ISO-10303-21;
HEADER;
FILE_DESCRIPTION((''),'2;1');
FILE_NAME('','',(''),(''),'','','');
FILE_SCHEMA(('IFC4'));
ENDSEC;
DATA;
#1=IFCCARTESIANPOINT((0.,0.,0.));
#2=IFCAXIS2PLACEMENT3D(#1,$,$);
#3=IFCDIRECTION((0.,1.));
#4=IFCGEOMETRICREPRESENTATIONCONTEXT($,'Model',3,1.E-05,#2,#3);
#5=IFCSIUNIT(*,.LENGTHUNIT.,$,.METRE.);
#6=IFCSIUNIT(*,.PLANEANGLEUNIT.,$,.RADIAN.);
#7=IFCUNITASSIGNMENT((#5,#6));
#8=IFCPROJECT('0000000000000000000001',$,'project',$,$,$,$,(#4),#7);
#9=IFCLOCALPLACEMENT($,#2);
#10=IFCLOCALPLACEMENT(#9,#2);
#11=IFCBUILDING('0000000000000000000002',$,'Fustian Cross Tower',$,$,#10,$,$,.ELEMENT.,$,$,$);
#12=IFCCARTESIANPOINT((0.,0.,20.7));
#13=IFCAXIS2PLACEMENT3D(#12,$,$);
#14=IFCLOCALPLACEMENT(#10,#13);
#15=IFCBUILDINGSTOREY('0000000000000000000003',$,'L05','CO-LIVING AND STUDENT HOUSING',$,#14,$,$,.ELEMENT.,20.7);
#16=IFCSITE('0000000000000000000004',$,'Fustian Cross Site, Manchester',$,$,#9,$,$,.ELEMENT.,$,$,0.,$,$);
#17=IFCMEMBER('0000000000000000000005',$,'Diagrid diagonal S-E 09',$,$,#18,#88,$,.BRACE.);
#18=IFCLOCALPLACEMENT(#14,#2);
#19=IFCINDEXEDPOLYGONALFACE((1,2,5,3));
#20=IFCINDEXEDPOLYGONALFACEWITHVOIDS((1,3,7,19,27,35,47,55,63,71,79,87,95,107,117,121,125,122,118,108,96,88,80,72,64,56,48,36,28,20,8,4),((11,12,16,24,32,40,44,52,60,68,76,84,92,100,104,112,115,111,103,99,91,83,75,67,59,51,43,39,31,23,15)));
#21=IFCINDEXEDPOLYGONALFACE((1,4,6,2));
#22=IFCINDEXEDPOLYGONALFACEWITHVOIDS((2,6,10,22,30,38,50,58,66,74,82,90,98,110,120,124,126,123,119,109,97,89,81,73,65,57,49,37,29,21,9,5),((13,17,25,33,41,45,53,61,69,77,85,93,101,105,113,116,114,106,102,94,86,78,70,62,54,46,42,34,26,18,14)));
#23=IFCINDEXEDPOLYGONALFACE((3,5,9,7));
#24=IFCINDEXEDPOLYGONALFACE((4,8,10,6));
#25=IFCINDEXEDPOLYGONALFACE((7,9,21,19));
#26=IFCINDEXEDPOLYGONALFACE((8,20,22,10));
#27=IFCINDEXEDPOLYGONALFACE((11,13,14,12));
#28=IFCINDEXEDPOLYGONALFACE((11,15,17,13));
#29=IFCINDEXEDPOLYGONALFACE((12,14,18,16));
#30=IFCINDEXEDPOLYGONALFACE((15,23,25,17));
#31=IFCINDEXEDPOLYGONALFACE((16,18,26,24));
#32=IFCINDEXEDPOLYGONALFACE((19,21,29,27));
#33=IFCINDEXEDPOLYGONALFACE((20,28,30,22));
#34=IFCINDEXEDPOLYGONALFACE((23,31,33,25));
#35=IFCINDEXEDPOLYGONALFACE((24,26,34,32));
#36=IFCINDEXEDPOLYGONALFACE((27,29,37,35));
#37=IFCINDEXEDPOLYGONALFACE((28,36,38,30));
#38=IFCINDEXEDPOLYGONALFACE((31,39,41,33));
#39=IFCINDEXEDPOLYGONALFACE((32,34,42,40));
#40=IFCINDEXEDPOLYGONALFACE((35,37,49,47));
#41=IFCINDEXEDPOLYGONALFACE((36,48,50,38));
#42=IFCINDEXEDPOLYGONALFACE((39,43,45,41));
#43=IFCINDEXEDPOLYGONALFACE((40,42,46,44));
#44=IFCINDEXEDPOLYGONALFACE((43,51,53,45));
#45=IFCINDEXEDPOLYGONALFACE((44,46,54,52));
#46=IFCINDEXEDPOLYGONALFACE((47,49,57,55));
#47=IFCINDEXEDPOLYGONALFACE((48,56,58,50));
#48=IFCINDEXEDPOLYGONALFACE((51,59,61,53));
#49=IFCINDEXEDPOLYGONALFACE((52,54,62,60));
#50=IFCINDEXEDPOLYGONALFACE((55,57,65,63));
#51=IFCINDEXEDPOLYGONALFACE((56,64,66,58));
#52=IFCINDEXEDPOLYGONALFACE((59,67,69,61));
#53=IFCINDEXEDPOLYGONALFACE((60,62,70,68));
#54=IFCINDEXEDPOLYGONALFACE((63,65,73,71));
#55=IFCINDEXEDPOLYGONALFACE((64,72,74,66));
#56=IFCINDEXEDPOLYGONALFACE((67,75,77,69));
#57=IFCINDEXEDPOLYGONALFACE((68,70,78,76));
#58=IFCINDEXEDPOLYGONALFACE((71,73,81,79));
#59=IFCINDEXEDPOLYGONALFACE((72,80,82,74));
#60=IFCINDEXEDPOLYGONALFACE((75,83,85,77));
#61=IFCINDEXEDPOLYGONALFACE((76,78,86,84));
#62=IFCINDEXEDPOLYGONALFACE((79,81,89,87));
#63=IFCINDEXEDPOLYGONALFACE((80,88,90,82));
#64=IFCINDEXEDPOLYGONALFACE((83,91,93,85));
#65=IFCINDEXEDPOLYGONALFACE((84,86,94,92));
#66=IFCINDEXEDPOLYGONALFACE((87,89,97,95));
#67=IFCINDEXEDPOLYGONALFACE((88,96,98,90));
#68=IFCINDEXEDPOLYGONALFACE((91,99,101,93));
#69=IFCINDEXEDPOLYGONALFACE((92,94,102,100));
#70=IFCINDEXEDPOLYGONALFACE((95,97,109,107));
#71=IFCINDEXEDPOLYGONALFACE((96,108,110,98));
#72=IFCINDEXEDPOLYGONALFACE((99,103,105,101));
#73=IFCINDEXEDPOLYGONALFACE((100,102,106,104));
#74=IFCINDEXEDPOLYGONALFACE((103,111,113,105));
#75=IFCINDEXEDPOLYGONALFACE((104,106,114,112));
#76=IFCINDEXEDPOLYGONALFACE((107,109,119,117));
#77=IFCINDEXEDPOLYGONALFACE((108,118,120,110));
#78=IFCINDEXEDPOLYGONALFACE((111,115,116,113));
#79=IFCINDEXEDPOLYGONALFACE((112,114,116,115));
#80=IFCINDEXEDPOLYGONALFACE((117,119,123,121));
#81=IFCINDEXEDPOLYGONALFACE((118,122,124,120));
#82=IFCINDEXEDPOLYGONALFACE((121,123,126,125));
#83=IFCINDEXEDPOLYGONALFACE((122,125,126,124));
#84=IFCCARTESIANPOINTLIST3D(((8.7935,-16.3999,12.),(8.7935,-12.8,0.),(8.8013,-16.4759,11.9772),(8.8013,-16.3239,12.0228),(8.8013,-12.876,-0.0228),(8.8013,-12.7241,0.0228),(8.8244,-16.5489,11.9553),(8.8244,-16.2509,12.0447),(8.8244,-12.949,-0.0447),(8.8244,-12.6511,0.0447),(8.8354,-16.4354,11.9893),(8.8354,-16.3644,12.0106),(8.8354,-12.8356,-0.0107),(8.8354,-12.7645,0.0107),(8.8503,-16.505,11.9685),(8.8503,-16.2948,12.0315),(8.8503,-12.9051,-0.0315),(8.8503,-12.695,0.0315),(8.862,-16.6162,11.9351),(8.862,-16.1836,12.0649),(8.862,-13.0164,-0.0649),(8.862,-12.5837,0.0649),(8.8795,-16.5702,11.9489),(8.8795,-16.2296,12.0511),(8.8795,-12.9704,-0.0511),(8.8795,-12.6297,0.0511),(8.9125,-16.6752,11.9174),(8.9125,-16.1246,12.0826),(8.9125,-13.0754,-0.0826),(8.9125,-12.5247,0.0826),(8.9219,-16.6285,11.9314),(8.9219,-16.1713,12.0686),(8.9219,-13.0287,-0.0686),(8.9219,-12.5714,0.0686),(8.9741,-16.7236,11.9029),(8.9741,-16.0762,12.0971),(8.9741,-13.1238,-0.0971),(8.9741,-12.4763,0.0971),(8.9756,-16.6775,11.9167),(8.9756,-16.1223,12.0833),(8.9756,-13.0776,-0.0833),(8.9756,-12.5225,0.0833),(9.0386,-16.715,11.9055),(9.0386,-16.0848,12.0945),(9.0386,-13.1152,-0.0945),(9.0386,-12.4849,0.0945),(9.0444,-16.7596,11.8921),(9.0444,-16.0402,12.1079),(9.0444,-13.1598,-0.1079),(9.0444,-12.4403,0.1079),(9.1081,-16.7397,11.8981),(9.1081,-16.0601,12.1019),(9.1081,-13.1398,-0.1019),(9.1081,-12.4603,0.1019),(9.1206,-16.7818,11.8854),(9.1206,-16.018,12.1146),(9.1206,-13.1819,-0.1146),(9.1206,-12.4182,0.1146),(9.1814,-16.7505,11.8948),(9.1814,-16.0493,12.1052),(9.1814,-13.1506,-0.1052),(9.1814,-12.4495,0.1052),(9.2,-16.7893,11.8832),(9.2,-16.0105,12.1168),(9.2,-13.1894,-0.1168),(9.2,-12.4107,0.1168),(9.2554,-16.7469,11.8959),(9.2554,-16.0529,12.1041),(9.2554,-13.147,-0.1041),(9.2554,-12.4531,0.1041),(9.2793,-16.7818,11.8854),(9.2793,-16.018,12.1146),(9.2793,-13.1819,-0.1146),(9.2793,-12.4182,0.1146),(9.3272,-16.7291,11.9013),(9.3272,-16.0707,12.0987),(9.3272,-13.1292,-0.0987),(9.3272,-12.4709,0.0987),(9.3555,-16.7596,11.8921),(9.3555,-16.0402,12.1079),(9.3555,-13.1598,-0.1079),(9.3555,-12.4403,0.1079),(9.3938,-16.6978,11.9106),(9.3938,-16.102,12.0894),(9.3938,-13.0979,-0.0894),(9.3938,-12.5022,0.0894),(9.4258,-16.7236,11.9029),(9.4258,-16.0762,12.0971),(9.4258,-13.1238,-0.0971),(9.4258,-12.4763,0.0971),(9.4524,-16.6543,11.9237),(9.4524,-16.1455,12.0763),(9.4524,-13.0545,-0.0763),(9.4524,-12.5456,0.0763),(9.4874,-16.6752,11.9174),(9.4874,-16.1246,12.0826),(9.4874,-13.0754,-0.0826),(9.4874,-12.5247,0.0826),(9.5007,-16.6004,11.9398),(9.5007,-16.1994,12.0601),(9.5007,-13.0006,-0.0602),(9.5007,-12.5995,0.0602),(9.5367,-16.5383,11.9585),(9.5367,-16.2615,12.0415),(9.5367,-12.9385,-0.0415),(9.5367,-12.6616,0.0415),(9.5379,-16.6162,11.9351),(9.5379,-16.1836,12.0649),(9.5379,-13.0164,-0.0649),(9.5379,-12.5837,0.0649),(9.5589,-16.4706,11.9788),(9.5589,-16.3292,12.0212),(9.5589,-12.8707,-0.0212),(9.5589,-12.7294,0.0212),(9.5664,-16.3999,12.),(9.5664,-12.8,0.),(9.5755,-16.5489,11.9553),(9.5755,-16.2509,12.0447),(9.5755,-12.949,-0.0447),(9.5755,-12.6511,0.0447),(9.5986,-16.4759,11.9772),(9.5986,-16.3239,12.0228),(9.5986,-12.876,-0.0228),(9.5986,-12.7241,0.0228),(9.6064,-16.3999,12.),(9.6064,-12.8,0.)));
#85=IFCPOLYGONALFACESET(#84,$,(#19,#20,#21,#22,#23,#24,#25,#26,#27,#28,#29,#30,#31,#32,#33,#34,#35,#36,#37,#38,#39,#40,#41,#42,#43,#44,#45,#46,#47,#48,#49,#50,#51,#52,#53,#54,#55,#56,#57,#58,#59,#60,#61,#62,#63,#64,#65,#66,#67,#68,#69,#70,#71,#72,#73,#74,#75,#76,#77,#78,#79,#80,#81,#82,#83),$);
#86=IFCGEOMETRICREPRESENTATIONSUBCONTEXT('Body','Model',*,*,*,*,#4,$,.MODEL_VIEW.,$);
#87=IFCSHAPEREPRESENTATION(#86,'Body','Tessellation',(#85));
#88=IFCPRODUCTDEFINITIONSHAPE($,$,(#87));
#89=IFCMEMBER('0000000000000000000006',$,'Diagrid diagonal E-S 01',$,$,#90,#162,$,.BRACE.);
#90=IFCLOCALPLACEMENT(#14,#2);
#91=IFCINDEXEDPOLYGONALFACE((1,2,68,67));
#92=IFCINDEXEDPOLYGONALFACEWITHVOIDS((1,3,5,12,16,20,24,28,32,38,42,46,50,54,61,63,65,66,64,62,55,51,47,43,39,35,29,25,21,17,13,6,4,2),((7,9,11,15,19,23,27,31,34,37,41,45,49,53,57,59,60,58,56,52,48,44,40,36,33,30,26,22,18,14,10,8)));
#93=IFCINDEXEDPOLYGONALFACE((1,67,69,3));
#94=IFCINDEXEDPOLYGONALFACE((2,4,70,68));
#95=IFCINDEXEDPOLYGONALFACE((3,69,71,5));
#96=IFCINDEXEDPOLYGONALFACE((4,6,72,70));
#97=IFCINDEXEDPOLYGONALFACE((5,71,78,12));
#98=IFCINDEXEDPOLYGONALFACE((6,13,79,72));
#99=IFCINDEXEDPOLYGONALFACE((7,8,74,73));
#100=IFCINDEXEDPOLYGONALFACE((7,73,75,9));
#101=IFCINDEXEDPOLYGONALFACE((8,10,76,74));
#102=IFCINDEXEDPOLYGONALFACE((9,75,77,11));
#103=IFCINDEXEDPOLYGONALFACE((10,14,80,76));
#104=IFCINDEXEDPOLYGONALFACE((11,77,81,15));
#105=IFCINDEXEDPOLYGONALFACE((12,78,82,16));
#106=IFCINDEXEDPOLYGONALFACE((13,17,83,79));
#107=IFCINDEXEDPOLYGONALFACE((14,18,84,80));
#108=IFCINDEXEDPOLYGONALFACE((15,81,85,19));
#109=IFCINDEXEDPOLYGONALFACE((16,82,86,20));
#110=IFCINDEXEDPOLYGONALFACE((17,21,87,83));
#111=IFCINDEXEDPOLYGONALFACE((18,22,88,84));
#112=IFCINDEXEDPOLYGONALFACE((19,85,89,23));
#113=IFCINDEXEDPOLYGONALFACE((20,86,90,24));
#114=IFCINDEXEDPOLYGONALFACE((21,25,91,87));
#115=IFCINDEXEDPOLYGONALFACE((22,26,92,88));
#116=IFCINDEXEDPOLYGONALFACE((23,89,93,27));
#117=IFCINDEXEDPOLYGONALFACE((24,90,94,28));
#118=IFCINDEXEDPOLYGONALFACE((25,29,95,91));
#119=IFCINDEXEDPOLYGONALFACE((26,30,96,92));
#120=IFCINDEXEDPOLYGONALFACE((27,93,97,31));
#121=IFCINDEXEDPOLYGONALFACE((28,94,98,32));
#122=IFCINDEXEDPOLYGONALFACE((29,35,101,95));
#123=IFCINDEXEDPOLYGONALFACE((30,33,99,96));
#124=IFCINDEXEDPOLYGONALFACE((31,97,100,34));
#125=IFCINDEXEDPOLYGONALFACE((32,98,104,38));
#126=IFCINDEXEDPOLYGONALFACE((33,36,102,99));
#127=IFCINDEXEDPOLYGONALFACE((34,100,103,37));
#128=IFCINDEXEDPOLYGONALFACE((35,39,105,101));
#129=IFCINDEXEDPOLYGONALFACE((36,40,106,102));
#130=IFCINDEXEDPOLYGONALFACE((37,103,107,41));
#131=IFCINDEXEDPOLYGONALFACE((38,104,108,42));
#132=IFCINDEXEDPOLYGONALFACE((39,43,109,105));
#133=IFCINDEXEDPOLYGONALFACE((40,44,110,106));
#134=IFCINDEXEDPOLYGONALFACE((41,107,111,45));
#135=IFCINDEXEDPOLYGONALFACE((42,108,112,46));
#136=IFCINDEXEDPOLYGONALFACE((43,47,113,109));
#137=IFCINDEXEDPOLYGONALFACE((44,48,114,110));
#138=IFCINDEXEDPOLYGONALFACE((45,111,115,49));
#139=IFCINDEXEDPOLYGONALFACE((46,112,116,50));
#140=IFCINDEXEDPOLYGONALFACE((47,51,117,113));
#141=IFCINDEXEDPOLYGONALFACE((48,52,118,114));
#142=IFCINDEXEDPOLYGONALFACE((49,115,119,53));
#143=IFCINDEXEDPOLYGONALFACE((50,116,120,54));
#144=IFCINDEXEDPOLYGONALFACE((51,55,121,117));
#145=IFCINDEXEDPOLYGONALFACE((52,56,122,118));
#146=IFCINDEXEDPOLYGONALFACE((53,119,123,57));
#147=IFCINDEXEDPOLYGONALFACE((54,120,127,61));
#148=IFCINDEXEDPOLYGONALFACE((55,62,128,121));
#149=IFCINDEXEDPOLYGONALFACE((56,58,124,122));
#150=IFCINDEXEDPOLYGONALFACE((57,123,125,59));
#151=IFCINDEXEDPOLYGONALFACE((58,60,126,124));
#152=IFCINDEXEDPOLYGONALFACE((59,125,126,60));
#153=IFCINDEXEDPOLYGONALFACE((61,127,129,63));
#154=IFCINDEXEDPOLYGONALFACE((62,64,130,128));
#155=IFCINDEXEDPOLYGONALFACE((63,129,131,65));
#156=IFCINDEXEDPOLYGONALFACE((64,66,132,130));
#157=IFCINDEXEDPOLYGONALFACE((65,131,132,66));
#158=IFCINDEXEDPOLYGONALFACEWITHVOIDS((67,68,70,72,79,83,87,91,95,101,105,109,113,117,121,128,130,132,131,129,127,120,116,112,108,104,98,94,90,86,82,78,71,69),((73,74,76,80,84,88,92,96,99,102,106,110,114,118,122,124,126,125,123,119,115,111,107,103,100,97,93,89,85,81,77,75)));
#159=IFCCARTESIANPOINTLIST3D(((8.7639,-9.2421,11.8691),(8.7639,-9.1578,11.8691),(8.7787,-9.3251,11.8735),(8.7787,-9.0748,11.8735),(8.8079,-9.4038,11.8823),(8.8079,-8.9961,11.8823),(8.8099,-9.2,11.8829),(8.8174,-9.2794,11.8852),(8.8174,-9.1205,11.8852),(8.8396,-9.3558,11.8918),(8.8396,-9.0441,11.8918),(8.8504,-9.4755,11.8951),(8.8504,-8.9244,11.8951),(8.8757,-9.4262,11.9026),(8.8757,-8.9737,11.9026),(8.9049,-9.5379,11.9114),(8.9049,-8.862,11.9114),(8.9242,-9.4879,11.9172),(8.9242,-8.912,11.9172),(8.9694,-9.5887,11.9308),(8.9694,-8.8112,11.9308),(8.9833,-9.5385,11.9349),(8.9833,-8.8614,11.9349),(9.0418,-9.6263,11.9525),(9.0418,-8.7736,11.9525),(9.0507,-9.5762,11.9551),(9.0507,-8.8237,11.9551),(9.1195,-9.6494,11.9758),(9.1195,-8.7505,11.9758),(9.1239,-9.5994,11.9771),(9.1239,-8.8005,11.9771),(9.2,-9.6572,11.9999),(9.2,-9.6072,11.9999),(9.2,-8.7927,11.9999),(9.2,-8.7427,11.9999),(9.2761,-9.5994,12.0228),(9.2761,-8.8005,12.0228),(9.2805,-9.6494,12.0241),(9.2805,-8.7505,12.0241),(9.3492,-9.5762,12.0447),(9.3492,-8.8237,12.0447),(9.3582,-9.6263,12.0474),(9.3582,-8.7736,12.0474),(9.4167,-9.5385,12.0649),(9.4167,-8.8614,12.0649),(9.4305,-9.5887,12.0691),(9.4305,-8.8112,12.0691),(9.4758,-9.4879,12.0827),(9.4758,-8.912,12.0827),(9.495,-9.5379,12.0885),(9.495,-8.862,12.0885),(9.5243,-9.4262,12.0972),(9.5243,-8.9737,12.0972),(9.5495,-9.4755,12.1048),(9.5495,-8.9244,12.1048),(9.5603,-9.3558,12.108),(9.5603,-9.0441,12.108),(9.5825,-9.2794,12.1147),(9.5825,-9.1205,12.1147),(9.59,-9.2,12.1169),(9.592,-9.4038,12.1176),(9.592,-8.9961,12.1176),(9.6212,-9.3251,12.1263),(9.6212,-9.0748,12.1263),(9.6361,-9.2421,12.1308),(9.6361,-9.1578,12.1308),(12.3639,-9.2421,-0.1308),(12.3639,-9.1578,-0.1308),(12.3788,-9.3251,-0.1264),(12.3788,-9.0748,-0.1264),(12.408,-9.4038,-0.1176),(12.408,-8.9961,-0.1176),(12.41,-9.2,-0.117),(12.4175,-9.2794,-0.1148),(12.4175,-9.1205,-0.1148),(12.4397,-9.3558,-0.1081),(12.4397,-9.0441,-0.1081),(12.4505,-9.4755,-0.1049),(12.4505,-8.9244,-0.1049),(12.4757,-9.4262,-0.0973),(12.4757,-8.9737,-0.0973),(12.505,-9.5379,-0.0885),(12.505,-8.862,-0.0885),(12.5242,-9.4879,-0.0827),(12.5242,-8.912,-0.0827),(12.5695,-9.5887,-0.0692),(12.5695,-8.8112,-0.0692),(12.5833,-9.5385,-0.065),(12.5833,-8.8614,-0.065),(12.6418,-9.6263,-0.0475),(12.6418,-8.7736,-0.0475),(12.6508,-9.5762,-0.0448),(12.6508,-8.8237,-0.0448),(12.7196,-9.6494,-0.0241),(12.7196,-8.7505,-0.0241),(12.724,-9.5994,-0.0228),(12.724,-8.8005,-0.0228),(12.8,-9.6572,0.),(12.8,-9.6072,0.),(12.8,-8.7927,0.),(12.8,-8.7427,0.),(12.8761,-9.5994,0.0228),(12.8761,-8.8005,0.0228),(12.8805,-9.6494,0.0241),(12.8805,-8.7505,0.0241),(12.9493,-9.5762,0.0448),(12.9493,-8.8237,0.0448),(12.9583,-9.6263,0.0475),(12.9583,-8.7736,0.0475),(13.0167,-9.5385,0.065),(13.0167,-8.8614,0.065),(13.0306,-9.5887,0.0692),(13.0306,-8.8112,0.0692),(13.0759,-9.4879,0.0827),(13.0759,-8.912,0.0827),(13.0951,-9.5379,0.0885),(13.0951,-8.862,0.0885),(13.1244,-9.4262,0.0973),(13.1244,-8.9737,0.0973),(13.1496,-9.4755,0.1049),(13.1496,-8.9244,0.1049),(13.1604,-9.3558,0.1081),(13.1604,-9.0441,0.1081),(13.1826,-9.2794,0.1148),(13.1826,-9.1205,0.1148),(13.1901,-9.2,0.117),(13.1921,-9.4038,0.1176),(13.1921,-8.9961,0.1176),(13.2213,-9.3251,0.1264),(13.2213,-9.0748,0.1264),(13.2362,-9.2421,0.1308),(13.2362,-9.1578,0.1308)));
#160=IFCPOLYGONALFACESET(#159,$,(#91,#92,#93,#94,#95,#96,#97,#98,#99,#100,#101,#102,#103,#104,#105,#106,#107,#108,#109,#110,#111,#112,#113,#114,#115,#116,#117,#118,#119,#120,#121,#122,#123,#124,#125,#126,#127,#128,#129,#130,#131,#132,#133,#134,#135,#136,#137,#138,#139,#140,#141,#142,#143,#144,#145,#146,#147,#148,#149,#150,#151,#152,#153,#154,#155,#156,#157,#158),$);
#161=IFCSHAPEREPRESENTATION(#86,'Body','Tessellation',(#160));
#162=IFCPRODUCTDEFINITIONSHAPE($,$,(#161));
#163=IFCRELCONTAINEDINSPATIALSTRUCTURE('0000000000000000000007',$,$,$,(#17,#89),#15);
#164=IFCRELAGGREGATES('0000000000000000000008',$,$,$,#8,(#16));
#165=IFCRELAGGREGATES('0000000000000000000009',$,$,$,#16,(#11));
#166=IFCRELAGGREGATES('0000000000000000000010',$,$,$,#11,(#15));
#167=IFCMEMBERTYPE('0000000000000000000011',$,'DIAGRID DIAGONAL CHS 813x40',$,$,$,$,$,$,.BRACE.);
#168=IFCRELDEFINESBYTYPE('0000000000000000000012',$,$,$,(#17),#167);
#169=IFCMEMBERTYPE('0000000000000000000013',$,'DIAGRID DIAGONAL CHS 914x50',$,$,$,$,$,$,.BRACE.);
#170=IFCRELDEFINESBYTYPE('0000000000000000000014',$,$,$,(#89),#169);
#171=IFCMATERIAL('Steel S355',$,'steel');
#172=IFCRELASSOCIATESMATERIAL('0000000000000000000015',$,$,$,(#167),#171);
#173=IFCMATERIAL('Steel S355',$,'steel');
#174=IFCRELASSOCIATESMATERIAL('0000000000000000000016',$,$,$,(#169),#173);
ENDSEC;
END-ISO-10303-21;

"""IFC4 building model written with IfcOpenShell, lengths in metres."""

from ifc_helpers import new_model, si_unit, direction, frame, origin, origin_2d, place, context, subcontext, project, spatial, hollow_circle, extrude, material, material_profile, profile_set, type_object, element, save


model = new_model("IFC4")

# Units and contexts
model_context = context("Model", 3, precision=1e-05, world=origin(), true_north=direction((0.0, 1.0)))
body_context = subcontext(model_context, "Body", "Model", "MODEL_VIEW")
ifc_project = project(units=[si_unit("LENGTHUNIT", "METRE"), si_unit("PLANEANGLEUNIT", "RADIAN")], contexts=[model_context])

# Site, building, storey
site_placement = place(None, origin())
site = spatial("IfcSite", under=ifc_project, at=site_placement, Name="Fustian Cross Site, Manchester", CompositionType="ELEMENT", RefElevation=0.0)
building_placement = place(site_placement, origin())
building = spatial("IfcBuilding", under=site, at=building_placement, Name="Fustian Cross Tower", CompositionType="ELEMENT")
storey_placement = place(building_placement, frame((0.0, 0.0, 20.7)))
storey = spatial("IfcBuildingStorey", under=building, at=storey_placement, Name="L05", Description="CO-LIVING AND STUDENT HOUSING", CompositionType="ELEMENT", Elevation=20.7)

# Members
ifc_material_1 = material(Name="Steel S355", Category="steel")
ifc_material_profile_1 = material_profile(ifc_material_1, hollow_circle(Radius=0.4065, WallThickness=0.04, at=origin_2d()), Name="CHS 813x40")
ifc_profile_set_1 = profile_set([ifc_material_profile_1], Name="Steel S355")
member_type_1 = type_object("IfcMemberType", Name="DIAGRID DIAGONAL CHS 813x40", PredefinedType="BRACE", material=ifc_profile_set_1)
for number, where, z_axis, x_axis, name in (
    (1, (9.2, -12.8, 0.0), (0.0, -0.287337, 0.95783), (1.0, 0.0, 0.0), "Diagrid diagonal S-E 09"),
):
    element("IfcMember", number, at=place(storey_placement, frame(where, z_axis=z_axis, x_axis=x_axis)), inside=storey, type_object=member_type_1, Name=name, PredefinedType="BRACE", context=body_context, shape_type="SweptSolid", body=[
        extrude(hollow_circle(Radius=0.4065, WallThickness=0.04, at=origin_2d()), origin(), (0.0, 0.0, 1.0), 12.5283),
    ])
ifc_material_2 = material(Name="Steel S355", Category="steel")
ifc_material_profile_2 = material_profile(ifc_material_2, hollow_circle(Radius=0.4573, WallThickness=0.05, at=origin_2d()), Name="CHS 914x50")
ifc_profile_set_2 = profile_set([ifc_material_profile_2], Name="Steel S355")
member_type_2 = type_object("IfcMemberType", Name="DIAGRID DIAGONAL CHS 914x50", PredefinedType="BRACE", material=ifc_profile_set_2)
for number, where, z_axis, x_axis, name in (
    (2, (12.8, -9.2, 0.0), (-0.287355, 0.0, 0.957824), (0.0, -1.0, 0.0), "Diagrid diagonal E-S 01"),
):
    element("IfcMember", number, at=place(storey_placement, frame(where, z_axis=z_axis, x_axis=x_axis)), inside=storey, type_object=member_type_2, Name=name, PredefinedType="BRACE", context=body_context, shape_type="SweptSolid", body=[
        extrude(hollow_circle(Radius=0.4573, WallThickness=0.05, at=origin_2d()), origin(), (0.0, 0.0, 1.0), 12.5283),
    ])

save(model, "model.ifc")
